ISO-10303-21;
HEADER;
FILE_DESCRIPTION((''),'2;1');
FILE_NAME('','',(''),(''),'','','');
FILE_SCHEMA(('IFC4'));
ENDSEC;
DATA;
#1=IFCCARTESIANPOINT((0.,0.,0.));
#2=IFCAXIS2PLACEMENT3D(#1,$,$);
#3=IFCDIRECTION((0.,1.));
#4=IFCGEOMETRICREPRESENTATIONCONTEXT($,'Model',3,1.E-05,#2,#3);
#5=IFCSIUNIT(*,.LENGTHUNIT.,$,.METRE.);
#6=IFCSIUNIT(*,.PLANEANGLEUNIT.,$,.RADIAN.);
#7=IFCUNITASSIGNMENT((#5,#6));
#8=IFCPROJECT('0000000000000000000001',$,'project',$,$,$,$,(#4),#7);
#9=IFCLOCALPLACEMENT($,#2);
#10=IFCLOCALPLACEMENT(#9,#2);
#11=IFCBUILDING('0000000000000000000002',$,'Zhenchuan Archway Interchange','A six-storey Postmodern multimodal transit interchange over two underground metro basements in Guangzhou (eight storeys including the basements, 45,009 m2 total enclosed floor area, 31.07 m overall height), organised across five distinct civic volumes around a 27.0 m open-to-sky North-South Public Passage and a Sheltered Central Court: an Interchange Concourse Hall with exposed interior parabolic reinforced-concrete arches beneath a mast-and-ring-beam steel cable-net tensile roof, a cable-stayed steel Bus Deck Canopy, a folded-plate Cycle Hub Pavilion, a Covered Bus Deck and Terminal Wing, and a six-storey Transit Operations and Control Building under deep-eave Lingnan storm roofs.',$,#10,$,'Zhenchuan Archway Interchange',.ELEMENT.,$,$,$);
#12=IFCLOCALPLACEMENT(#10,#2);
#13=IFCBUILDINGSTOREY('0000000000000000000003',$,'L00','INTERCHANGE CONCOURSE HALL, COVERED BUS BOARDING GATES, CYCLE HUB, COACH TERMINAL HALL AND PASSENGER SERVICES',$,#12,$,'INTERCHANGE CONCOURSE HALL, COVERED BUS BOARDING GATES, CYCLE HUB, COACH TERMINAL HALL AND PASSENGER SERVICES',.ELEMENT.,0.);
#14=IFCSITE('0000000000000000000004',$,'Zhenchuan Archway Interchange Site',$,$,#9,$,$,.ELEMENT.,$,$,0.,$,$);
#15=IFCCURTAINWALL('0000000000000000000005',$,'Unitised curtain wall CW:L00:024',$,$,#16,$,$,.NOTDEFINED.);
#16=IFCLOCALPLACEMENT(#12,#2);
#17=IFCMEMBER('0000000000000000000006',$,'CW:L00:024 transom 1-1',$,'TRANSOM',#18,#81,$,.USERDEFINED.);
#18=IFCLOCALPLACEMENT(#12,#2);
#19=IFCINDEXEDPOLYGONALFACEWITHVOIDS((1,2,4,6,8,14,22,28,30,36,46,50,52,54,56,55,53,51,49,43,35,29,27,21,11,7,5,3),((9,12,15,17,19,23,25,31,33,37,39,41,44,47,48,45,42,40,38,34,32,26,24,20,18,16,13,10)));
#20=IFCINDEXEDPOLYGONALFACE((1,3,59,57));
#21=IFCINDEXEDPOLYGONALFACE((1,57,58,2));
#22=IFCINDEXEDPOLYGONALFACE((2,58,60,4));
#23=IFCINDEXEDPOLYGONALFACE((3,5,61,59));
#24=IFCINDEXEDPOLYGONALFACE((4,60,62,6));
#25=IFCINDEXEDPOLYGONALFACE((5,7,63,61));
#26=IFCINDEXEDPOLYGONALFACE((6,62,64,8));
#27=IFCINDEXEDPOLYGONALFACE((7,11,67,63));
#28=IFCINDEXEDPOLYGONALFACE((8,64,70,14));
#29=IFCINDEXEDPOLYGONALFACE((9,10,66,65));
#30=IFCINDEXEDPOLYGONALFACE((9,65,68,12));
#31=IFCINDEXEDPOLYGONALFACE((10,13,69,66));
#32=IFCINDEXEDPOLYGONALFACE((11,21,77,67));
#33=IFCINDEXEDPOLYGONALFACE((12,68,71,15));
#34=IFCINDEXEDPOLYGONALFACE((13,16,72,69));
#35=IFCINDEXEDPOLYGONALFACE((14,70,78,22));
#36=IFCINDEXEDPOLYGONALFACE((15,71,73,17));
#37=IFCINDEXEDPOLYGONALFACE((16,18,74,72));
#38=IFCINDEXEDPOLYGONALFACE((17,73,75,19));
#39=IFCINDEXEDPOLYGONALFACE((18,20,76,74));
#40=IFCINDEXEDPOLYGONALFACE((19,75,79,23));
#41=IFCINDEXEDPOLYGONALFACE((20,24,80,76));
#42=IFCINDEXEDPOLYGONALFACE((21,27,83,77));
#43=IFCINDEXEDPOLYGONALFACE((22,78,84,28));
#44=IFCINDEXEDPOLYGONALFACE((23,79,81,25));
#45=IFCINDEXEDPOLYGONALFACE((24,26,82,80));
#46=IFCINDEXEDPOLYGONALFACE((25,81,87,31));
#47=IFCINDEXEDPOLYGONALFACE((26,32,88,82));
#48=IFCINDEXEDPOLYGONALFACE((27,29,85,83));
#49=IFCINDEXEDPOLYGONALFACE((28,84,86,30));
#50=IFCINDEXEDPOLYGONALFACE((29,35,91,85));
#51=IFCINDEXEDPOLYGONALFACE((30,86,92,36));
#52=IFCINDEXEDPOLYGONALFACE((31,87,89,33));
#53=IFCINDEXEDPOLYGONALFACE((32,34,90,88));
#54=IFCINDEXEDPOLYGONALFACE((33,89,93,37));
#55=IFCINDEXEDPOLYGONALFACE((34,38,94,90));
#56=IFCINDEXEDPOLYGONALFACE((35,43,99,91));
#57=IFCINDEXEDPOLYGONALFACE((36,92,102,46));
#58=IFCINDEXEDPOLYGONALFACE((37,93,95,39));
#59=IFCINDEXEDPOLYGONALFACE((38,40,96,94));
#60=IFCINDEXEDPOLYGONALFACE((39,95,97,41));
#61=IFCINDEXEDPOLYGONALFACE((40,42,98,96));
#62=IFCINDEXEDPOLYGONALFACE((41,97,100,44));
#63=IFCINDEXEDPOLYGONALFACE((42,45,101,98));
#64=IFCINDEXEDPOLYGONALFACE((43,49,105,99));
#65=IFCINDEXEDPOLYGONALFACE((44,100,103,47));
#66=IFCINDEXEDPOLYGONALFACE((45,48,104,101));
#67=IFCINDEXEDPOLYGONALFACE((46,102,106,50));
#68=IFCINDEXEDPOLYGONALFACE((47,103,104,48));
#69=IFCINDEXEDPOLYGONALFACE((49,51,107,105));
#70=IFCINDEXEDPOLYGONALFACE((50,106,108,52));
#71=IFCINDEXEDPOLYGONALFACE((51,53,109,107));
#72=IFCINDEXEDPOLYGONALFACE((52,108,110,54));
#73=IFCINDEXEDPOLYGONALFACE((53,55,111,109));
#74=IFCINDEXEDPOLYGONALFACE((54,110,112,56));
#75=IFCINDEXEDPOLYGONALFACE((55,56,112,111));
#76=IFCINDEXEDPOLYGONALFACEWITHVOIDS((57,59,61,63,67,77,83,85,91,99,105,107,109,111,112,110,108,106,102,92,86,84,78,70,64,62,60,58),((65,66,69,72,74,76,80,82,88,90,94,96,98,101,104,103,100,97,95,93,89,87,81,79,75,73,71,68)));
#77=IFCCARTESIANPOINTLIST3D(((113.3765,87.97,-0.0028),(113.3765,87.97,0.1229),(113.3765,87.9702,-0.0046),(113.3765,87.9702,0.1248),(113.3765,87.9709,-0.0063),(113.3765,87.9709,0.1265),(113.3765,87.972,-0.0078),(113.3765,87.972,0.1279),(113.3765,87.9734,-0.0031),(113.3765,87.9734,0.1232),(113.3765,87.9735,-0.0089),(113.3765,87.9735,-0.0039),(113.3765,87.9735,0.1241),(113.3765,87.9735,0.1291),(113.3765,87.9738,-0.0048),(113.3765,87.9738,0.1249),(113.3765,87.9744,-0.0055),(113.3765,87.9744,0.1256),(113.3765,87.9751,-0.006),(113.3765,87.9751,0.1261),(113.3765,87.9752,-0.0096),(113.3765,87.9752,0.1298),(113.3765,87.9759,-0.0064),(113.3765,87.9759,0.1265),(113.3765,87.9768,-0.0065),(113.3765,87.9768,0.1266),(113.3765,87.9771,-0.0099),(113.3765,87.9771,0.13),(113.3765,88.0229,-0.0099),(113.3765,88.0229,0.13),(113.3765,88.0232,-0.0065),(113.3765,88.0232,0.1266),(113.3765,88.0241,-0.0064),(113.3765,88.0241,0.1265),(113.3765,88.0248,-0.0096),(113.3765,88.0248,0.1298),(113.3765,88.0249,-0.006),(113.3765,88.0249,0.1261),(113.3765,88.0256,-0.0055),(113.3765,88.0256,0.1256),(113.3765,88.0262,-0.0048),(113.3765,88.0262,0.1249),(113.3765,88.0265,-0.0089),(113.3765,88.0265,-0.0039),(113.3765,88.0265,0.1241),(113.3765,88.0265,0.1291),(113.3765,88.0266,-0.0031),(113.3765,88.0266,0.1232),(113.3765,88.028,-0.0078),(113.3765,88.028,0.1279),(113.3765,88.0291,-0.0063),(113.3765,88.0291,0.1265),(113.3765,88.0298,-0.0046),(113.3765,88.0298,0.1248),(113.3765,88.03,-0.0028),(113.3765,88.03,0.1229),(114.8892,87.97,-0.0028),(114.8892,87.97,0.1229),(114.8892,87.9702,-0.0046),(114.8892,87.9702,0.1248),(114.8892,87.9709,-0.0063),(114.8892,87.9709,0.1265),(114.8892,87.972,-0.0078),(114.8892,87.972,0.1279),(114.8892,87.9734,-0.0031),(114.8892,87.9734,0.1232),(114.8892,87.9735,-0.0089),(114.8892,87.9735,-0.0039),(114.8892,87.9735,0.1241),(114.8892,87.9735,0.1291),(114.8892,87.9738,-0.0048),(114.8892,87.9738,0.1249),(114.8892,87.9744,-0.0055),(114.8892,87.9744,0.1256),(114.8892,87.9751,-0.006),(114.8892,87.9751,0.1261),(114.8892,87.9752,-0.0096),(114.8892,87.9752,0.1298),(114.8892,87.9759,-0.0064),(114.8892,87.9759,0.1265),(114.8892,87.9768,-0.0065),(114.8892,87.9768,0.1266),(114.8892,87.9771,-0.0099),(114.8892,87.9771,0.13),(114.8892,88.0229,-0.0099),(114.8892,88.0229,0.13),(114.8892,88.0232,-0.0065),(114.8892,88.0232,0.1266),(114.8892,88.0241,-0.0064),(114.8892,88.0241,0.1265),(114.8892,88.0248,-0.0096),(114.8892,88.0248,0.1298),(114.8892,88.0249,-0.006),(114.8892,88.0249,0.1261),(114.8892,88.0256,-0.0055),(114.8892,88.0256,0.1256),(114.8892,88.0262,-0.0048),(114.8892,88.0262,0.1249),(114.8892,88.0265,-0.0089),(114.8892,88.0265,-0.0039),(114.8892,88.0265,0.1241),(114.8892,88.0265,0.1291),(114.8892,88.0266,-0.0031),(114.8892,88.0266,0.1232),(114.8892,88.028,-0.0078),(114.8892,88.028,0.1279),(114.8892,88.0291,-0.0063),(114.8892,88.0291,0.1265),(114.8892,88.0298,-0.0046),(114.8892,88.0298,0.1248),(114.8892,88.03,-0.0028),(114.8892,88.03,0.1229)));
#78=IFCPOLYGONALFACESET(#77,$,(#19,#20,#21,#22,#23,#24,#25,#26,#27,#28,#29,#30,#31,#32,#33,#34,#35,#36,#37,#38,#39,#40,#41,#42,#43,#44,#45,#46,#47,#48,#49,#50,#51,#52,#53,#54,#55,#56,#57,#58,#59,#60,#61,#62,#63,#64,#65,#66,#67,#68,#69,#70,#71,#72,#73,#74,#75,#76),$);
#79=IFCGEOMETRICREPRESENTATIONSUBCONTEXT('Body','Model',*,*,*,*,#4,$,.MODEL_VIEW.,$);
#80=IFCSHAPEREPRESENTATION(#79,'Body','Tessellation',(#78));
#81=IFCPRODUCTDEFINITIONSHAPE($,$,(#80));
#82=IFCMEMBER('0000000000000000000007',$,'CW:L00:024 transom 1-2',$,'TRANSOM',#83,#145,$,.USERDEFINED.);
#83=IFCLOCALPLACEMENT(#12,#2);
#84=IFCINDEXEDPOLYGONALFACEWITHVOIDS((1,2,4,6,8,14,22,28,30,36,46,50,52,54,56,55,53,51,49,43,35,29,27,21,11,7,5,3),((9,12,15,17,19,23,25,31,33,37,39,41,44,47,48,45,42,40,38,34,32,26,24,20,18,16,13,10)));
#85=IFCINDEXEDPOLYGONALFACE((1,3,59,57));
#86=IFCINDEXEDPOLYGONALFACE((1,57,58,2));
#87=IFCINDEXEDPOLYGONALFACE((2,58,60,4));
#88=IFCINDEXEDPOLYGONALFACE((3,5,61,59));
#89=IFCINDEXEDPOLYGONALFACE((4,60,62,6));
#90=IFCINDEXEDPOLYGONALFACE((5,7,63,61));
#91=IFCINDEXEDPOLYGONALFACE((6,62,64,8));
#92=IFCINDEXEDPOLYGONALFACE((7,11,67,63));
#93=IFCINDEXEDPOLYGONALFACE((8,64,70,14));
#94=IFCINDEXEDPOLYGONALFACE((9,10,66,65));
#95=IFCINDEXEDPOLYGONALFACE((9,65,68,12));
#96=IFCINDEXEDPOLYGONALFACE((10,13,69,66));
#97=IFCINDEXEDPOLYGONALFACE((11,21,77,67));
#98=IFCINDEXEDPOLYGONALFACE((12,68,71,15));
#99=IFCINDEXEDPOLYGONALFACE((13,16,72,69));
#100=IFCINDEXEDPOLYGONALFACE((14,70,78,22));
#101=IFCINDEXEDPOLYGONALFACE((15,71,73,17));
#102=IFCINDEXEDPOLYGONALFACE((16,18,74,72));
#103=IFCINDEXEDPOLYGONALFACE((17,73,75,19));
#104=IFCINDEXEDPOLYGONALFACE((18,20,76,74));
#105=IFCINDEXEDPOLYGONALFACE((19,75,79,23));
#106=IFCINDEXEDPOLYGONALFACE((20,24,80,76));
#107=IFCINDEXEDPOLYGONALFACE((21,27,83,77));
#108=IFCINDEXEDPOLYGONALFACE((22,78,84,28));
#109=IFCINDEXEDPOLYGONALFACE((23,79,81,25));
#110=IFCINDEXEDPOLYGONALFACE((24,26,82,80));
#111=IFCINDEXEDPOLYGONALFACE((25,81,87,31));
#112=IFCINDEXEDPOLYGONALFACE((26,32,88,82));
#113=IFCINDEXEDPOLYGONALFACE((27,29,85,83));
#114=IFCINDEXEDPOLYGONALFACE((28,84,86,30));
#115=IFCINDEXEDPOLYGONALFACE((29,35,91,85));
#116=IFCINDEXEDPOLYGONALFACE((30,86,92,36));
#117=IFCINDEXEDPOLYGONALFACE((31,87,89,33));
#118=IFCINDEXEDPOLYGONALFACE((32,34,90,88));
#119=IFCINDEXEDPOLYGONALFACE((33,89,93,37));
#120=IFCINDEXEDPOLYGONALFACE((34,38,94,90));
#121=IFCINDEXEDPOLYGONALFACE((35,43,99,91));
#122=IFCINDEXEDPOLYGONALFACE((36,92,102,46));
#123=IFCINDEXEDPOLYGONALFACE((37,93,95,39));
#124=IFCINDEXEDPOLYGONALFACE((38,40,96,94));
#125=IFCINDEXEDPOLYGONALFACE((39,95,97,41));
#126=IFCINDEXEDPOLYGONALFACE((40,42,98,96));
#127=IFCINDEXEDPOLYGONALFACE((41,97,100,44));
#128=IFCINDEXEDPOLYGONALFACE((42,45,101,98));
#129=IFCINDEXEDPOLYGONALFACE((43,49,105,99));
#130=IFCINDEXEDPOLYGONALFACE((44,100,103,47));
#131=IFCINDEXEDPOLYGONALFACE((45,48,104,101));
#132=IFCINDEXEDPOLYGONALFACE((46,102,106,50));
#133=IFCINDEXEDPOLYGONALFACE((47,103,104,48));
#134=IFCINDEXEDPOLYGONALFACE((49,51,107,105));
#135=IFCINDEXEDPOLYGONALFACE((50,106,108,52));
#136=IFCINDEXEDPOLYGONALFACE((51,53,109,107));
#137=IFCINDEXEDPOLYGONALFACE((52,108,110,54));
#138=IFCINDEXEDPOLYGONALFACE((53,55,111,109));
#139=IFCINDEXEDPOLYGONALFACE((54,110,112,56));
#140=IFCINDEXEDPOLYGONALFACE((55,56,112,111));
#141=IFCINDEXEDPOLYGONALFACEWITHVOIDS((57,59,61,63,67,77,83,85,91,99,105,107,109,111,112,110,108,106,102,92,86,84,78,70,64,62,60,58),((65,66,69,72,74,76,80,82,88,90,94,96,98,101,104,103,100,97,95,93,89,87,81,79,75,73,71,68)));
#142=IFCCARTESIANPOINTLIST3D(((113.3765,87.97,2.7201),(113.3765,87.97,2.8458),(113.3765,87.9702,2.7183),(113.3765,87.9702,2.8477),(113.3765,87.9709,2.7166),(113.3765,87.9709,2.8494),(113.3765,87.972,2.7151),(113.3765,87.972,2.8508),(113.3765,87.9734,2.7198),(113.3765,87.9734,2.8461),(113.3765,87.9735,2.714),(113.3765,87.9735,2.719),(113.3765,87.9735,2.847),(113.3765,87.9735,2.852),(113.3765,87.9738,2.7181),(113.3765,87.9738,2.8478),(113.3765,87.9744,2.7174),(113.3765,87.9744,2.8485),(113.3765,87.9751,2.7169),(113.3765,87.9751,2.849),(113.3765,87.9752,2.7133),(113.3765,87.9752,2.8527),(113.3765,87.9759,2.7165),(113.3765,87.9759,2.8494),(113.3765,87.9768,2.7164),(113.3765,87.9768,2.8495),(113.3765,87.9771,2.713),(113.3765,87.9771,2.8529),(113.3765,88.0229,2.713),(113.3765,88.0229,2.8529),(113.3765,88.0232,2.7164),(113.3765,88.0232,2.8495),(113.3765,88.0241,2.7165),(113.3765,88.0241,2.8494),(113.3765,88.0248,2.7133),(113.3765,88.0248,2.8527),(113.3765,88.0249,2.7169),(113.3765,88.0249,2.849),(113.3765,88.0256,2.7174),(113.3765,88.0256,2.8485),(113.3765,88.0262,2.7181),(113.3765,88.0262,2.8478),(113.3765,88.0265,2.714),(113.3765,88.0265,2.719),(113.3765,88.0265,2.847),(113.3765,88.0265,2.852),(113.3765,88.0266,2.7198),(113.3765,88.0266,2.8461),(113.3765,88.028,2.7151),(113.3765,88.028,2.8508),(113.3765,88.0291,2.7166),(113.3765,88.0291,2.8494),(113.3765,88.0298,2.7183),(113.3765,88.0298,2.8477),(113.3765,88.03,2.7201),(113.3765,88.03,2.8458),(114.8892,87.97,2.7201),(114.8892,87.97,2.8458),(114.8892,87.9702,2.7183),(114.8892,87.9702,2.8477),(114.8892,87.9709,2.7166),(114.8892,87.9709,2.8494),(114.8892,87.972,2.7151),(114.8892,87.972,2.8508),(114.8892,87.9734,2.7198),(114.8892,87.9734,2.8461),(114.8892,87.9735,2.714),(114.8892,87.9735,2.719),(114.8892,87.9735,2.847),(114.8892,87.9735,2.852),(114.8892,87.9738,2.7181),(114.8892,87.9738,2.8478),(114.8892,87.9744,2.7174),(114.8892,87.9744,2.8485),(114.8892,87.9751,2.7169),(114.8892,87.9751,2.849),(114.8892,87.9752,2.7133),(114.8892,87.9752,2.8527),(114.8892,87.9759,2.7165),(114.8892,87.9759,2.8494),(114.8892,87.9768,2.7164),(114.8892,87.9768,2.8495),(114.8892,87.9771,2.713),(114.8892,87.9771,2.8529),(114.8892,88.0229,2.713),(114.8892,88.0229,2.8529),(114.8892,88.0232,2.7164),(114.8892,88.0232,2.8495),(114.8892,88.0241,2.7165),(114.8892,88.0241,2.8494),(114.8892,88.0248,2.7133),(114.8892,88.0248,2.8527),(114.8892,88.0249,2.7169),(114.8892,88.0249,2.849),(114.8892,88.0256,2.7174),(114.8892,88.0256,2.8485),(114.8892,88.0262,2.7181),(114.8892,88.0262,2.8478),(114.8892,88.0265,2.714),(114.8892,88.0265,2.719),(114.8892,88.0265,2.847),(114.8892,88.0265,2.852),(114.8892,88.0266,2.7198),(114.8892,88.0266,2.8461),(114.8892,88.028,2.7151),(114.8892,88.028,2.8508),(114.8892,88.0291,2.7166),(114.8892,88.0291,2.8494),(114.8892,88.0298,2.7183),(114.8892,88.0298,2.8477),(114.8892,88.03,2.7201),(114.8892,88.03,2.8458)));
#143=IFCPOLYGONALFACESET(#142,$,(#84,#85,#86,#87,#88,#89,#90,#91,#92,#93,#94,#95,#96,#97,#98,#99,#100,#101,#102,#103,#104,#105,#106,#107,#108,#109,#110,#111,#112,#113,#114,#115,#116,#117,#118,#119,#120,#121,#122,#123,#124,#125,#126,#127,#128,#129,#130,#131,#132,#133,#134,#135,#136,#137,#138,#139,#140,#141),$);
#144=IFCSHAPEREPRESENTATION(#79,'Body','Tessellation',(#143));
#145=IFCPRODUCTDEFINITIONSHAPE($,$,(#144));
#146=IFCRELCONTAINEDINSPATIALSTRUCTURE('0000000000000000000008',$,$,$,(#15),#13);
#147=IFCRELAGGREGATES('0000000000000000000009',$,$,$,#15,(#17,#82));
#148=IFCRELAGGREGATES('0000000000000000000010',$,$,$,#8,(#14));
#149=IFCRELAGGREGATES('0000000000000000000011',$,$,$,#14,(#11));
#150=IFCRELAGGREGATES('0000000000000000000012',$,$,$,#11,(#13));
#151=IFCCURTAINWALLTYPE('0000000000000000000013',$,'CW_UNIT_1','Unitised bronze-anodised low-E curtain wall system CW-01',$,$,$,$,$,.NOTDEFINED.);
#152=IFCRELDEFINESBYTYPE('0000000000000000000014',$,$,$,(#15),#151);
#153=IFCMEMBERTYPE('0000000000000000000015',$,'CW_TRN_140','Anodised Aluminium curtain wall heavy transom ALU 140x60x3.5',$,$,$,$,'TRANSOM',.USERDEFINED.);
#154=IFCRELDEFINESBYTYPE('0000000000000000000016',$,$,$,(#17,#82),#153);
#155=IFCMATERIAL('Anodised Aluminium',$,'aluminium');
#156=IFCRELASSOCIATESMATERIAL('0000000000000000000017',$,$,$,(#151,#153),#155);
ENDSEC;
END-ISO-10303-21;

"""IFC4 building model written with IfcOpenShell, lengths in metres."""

from ifc_helpers import new_model, si_unit, direction, frame, origin, origin_2d, place, context, subcontext, project, spatial, hollow_rectangle, extrude, material, material_profile, profile_set, type_object, element, aggregate, save


model = new_model("IFC4")

# Units and contexts
model_context = context("Model", 3, precision=1e-05, world=origin(), true_north=direction((0.0, 1.0)))
body_context = subcontext(model_context, "Body", "Model", "MODEL_VIEW")
ifc_project = project(units=[si_unit("LENGTHUNIT", "METRE"), si_unit("PLANEANGLEUNIT", "RADIAN")], contexts=[model_context])

# Site, building, storey
site_placement = place(None, origin())
site = spatial("IfcSite", under=ifc_project, at=site_placement, Name="Zhenchuan Archway Interchange Site", CompositionType="ELEMENT", RefElevation=0.0)
building_placement = place(site_placement, origin())
building = spatial("IfcBuilding", under=site, at=building_placement, Name="Zhenchuan Archway Interchange", Description="A six-storey Postmodern multimodal transit interchange over two underground metro basements in Guangzhou (eight storeys including the basements, 45,009 m2 total enclosed floor area, 31.07 m overall height), organised across five distinct civic volumes around a 27.0 m open-to-sky North-South Public Passage and a Sheltered Central Court: an Interchange Concourse Hall with exposed interior parabolic reinforced-concrete arches beneath a mast-and-ring-beam steel cable-net tensile roof, a cable-stayed steel Bus Deck Canopy, a folded-plate Cycle Hub Pavilion, a Covered Bus Deck and Terminal Wing, and a six-storey Transit Operations and Control Building under deep-eave Lingnan storm roofs.", LongName="Zhenchuan Archway Interchange", CompositionType="ELEMENT")
storey_placement = place(building_placement, origin())
storey = spatial("IfcBuildingStorey", under=building, at=storey_placement, Name="L00", Description="INTERCHANGE CONCOURSE HALL, COVERED BUS BOARDING GATES, CYCLE HUB, COACH TERMINAL HALL AND PASSENGER SERVICES", LongName="INTERCHANGE CONCOURSE HALL, COVERED BUS BOARDING GATES, CYCLE HUB, COACH TERMINAL HALL AND PASSENGER SERVICES", CompositionType="ELEMENT", Elevation=0.0)

# Curtain wall, members
ifc_material_1 = material(Name="Anodised Aluminium", Category="aluminium")
curtain_wall_type = type_object("IfcCurtainWallType", Name="CW_UNIT_1", Description="Unitised bronze-anodised low-E curtain wall system CW-01", PredefinedType="NOTDEFINED", material=ifc_material_1)
curtain_wall_placement = place(storey_placement, origin())
curtain_wall = element("IfcCurtainWall", 1, at=curtain_wall_placement, inside=storey, type_object=curtain_wall_type, Name="Unitised curtain wall CW:L00:024", PredefinedType="NOTDEFINED")
ifc_material_profile_1 = material_profile(ifc_material_1, hollow_rectangle(XDim=0.0601, YDim=0.1399, WallThickness=0.0034, InnerFilletRadius=0.0034, OuterFilletRadius=0.0071, at=origin_2d()), Name="ALU 140x60x3.5")
ifc_profile_set_1 = profile_set([ifc_material_profile_1], Name="Anodised Aluminium")
member_type_1 = type_object("IfcMemberType", Name="CW_TRN_140", Description="Anodised Aluminium curtain wall heavy transom ALU 140x60x3.5", ElementType="TRANSOM", PredefinedType="USERDEFINED", material=ifc_profile_set_1)
member_1_placement = place(storey_placement, frame((114.8892, 88.0, 0.0601), z_axis=(-1.0, 0.0, 0.0), x_axis=(0.0, -1.0, 0.0)))
member_1 = element("IfcMember", 2, at=member_1_placement, type_object=member_type_1, Name="CW:L00:024 transom 1-1", ObjectType="TRANSOM", PredefinedType="USERDEFINED", context=body_context, shape_type="SweptSolid", body=[
    extrude(hollow_rectangle(XDim=0.0601, YDim=0.1399, WallThickness=0.0034, InnerFilletRadius=0.0034, OuterFilletRadius=0.0071, at=origin_2d()), origin(), (0.0, 0.0, 1.0), 1.5127),
])
member_2_placement = place(storey_placement, frame((114.8892, 88.0, 2.783), z_axis=(-1.0, 0.0, 0.0), x_axis=(0.0, -1.0, 0.0)))
member_2 = element("IfcMember", 3, at=member_2_placement, type_object=member_type_1, Name="CW:L00:024 transom 1-2", ObjectType="TRANSOM", PredefinedType="USERDEFINED", context=body_context, shape_type="SweptSolid", body=[
    extrude(hollow_rectangle(XDim=0.0601, YDim=0.1399, WallThickness=0.0034, InnerFilletRadius=0.0034, OuterFilletRadius=0.0071, at=origin_2d()), origin(), (0.0, 0.0, 1.0), 1.5127),
])
aggregate(curtain_wall, [member_1, member_2])

save(model, "model.ifc")
